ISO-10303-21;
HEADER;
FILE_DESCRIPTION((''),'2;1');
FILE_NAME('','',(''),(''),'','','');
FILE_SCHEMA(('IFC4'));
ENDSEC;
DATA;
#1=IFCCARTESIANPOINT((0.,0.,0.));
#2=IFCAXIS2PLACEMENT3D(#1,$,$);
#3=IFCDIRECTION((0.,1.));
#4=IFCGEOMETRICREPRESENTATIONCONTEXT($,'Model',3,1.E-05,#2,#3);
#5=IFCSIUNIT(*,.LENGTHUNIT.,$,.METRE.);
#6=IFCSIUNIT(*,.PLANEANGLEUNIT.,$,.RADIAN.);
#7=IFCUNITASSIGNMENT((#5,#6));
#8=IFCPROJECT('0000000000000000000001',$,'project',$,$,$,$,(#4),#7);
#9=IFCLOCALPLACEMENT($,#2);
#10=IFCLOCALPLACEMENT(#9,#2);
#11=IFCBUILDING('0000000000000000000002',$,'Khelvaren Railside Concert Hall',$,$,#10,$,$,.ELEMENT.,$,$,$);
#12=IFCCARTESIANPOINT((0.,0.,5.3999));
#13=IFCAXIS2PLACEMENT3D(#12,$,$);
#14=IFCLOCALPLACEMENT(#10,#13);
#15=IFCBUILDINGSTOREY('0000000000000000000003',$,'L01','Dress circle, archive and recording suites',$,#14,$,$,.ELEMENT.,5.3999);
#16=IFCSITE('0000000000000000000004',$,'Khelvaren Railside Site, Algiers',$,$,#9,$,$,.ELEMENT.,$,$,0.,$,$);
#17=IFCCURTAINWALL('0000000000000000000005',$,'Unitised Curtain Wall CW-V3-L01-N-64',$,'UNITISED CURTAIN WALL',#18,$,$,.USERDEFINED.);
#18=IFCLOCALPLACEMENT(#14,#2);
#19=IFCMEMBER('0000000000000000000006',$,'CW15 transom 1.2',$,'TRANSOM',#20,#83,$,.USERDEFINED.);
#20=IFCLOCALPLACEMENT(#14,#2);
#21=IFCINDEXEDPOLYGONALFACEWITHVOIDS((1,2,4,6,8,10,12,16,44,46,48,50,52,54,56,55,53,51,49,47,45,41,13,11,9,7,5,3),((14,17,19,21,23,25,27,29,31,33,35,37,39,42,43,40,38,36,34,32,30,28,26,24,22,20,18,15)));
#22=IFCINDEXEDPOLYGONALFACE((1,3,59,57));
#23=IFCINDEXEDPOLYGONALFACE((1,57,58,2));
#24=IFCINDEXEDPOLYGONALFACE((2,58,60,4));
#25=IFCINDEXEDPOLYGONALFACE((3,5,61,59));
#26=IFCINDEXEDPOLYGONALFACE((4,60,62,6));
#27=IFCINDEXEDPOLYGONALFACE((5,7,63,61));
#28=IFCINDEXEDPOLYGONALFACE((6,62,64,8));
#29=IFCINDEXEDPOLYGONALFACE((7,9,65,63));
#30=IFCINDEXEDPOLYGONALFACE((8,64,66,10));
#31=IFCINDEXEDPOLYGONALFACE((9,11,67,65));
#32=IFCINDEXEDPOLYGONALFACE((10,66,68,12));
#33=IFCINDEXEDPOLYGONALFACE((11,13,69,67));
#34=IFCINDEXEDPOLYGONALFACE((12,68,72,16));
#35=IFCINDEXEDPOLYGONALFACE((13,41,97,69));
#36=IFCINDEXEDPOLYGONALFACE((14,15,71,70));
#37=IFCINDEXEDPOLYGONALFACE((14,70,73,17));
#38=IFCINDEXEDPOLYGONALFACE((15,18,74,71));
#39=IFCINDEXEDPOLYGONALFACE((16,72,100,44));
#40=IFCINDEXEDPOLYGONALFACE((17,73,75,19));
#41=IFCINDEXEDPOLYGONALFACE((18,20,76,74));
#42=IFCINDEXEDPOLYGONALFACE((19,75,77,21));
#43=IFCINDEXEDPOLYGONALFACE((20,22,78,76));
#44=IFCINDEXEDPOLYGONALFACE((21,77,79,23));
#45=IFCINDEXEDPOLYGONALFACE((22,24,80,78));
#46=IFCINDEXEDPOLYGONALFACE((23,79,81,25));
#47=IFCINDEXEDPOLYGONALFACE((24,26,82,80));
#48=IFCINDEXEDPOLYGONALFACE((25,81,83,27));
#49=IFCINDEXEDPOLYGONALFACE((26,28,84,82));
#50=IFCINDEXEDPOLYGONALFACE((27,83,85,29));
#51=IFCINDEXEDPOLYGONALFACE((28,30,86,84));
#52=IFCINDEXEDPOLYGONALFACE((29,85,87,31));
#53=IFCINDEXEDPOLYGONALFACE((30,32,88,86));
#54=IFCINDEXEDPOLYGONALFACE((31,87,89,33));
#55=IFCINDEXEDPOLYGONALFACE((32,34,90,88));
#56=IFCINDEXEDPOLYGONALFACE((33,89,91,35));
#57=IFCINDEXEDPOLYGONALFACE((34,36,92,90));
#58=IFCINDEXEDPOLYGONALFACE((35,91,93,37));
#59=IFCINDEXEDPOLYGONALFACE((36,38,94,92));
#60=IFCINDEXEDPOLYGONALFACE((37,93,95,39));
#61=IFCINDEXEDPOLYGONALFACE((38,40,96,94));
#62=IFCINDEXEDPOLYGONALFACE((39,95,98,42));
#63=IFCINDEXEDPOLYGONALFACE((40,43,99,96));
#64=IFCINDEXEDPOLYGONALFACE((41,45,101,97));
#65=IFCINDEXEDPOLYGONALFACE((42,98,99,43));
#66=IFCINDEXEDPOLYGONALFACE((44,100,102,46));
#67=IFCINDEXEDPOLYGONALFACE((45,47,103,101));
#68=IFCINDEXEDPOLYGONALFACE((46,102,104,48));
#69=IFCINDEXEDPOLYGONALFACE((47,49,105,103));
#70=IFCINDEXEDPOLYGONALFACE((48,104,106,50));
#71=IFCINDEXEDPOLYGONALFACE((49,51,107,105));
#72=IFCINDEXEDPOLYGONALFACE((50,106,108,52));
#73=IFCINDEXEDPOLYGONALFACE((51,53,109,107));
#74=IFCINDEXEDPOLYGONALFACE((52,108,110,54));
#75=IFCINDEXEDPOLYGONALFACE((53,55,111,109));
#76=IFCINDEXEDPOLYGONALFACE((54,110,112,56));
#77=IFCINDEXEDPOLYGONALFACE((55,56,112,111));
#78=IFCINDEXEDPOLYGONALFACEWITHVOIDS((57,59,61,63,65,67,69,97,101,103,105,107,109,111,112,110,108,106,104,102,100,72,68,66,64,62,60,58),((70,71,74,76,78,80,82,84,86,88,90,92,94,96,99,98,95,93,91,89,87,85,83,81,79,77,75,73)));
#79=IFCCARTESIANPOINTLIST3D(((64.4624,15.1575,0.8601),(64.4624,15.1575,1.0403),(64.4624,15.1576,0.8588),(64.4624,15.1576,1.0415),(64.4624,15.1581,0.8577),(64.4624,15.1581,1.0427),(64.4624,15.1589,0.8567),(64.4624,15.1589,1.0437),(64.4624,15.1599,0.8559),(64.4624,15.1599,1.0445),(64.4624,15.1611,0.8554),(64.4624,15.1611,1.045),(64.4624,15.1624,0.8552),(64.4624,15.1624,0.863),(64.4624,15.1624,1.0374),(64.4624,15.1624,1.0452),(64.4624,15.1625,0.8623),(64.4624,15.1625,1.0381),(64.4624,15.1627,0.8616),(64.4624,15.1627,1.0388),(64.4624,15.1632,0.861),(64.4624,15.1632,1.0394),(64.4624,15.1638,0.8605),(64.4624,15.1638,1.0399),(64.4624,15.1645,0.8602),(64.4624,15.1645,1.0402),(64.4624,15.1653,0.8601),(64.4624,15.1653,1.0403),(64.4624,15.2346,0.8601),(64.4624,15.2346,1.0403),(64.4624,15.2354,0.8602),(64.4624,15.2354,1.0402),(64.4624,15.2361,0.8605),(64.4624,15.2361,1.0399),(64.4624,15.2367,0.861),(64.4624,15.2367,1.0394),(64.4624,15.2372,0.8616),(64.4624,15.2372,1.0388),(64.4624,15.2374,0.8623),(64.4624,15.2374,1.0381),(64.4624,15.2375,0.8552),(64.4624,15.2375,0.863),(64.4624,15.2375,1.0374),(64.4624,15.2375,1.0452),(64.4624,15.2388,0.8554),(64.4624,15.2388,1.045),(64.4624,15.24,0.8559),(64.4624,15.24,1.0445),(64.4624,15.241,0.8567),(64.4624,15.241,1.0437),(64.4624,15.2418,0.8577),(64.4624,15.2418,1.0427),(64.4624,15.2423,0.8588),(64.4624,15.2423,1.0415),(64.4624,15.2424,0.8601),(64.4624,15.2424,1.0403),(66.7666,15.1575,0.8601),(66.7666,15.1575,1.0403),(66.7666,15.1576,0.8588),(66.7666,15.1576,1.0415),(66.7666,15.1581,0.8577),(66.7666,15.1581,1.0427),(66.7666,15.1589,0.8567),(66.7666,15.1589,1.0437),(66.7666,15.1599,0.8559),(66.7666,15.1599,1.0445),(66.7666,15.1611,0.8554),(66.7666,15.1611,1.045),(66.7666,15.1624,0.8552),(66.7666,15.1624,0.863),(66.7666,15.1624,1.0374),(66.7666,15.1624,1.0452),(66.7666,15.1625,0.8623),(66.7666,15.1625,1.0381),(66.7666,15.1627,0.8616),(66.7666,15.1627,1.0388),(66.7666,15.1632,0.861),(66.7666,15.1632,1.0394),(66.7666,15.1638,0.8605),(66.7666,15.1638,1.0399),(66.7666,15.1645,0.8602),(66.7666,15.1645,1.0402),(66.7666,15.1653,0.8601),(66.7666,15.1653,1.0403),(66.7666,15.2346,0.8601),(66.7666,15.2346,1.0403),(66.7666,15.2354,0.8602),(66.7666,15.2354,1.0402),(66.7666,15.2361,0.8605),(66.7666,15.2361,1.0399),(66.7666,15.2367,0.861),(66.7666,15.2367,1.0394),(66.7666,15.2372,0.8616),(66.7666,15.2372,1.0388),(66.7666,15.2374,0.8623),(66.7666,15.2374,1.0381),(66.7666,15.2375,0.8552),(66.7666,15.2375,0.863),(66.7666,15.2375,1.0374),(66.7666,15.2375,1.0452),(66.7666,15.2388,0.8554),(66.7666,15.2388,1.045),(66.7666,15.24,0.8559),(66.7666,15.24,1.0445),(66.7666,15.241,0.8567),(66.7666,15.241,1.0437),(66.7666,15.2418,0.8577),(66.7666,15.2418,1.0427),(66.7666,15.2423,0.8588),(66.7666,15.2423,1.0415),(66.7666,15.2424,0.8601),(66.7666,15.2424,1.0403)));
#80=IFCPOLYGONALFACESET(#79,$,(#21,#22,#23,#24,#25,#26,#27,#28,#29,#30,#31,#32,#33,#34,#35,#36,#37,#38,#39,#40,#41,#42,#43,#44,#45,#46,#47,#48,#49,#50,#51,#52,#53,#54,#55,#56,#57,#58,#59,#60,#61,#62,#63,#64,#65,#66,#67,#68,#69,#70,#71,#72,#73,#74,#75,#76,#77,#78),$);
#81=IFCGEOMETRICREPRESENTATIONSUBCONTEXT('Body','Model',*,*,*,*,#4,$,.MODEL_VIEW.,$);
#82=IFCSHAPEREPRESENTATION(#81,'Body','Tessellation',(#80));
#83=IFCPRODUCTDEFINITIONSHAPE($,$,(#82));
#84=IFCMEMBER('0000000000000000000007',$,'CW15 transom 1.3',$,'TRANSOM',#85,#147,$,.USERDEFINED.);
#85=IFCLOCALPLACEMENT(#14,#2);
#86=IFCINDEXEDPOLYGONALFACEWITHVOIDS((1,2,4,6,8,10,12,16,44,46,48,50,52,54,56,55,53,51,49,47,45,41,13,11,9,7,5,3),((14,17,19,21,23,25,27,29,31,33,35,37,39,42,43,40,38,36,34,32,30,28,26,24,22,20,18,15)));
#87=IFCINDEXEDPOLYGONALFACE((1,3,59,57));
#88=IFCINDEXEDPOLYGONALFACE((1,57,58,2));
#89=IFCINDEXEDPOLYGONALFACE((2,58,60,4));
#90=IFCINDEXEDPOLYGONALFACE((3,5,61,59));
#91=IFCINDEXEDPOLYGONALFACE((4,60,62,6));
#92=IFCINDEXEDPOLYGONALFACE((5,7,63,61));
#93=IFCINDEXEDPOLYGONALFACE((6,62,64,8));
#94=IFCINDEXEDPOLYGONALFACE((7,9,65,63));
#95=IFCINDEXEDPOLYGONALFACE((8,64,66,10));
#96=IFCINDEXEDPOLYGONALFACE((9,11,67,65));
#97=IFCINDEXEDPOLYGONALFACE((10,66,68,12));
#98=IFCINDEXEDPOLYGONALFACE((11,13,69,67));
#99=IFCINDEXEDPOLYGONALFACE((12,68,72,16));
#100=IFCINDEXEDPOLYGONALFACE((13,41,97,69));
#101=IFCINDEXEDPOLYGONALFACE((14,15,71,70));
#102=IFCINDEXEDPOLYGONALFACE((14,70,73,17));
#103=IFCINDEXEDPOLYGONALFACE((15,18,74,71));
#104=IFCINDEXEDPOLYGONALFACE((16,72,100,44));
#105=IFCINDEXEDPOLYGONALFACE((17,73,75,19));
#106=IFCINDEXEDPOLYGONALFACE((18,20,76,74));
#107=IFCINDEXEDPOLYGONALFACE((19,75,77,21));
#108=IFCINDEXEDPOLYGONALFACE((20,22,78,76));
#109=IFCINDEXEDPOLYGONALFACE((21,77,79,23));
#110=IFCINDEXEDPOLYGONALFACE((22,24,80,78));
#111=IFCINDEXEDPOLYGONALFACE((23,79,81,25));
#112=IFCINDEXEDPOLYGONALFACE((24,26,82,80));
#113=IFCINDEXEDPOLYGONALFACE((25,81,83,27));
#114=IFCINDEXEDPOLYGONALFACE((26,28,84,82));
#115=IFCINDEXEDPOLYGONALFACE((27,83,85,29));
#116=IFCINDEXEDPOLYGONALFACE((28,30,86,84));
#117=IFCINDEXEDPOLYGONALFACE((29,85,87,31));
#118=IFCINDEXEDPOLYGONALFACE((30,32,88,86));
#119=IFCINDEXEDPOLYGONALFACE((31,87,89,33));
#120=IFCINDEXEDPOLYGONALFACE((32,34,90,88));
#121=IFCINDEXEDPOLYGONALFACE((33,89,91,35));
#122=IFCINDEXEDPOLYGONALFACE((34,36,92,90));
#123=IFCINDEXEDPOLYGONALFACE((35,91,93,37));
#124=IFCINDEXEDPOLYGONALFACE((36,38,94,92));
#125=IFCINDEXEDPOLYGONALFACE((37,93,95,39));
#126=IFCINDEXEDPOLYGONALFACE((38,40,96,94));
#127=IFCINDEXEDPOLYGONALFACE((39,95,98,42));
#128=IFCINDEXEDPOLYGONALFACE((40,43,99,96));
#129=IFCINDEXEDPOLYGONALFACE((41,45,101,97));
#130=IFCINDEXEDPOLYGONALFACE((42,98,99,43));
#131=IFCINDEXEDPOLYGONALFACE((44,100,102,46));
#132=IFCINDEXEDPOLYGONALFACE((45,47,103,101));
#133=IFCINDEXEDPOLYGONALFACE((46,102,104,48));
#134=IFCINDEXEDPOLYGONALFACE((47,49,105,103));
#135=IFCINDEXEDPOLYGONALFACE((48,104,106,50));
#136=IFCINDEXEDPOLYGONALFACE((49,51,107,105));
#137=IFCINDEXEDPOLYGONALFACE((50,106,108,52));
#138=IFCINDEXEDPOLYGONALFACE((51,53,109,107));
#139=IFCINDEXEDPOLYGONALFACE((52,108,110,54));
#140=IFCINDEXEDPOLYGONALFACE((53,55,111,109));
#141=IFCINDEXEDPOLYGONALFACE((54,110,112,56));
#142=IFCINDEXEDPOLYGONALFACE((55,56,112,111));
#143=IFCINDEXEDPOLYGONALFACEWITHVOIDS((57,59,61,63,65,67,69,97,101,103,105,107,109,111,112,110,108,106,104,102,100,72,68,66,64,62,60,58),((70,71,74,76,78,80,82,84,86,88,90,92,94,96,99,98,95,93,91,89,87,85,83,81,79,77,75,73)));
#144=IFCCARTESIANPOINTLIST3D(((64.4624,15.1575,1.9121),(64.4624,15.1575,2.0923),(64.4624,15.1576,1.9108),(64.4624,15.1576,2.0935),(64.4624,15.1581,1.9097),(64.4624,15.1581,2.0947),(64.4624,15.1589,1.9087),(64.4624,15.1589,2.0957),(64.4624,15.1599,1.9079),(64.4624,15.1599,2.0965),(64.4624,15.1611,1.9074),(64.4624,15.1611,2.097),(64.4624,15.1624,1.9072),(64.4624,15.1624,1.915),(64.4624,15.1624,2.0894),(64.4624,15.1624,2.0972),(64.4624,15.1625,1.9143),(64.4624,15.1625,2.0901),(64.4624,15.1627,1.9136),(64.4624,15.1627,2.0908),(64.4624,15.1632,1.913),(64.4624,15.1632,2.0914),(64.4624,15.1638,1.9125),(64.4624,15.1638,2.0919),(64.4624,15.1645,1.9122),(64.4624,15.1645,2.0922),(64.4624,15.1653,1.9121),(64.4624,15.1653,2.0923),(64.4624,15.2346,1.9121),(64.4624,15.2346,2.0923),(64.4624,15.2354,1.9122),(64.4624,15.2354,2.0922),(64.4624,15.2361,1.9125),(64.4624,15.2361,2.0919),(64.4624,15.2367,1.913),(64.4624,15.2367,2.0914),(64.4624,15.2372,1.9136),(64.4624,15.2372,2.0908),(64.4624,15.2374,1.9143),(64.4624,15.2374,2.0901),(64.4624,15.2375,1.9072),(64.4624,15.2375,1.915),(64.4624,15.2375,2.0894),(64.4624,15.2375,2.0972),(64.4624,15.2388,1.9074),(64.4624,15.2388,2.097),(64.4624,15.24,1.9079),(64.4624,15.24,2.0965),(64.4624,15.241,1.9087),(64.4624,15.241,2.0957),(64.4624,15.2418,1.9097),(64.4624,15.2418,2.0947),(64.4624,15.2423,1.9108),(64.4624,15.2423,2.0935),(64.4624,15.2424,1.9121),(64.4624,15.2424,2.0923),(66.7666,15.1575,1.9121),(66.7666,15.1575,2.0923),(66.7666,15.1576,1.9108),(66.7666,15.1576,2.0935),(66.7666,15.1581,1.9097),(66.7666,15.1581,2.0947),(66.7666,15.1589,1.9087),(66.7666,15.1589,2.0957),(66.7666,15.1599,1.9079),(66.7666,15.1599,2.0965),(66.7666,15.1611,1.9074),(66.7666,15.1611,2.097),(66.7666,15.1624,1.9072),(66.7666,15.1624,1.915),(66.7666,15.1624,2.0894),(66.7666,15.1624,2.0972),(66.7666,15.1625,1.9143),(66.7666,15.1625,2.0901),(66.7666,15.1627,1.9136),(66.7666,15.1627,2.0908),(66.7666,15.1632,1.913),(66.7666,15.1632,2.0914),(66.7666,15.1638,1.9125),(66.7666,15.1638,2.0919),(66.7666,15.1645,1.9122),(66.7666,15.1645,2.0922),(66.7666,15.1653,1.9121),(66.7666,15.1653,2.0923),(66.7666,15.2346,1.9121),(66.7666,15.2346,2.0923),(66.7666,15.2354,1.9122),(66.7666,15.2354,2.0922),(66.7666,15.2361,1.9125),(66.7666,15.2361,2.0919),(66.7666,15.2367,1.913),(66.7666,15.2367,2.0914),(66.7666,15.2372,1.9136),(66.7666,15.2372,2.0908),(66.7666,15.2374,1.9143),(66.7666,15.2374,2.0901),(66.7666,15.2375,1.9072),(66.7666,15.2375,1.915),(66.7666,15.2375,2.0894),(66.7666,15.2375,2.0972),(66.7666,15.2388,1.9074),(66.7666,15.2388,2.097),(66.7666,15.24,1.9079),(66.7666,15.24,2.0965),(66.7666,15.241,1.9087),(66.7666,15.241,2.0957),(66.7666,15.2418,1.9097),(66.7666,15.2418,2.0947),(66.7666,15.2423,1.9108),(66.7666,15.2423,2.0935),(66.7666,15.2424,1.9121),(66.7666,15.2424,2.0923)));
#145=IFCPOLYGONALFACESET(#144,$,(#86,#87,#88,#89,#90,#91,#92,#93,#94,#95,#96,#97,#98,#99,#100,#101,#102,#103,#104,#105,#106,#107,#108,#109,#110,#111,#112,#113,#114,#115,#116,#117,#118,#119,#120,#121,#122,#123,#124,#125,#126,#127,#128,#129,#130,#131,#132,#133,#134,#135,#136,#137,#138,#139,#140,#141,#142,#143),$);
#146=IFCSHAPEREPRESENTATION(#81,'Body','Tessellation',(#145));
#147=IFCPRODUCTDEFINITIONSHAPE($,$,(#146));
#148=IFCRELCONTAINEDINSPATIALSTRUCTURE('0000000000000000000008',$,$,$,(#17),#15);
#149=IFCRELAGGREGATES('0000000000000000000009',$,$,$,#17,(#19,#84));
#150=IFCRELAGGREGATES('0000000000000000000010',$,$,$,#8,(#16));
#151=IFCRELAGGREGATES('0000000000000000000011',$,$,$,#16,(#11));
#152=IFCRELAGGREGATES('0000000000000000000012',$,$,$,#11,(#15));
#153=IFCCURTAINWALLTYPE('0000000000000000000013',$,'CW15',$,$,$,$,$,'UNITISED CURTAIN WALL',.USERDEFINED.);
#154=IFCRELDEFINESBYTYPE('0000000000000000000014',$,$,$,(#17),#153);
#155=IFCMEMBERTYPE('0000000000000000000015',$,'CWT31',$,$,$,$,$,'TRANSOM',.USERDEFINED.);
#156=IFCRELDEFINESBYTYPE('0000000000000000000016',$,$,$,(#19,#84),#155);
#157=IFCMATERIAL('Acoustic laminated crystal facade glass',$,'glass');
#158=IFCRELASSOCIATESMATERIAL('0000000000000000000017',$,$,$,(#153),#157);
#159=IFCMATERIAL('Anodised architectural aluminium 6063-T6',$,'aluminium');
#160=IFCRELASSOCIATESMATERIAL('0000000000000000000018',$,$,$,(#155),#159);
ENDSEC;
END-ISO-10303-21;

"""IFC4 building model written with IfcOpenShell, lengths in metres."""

from ifc_helpers import new_model, si_unit, direction, frame, origin, origin_2d, place, context, subcontext, project, spatial, hollow_rectangle, extrude, material, material_profile, profile_set, type_object, element, aggregate, save


model = new_model("IFC4")

# Units and contexts
model_context = context("Model", 3, precision=1e-05, world=origin(), true_north=direction((0.0, 1.0)))
body_context = subcontext(model_context, "Body", "Model", "MODEL_VIEW")
ifc_project = project(units=[si_unit("LENGTHUNIT", "METRE"), si_unit("PLANEANGLEUNIT", "RADIAN")], contexts=[model_context])

# Site, building, storey
site_placement = place(None, origin())
site = spatial("IfcSite", under=ifc_project, at=site_placement, Name="Khelvaren Railside Site, Algiers", CompositionType="ELEMENT", RefElevation=0.0)
building_placement = place(site_placement, origin())
building = spatial("IfcBuilding", under=site, at=building_placement, Name="Khelvaren Railside Concert Hall", CompositionType="ELEMENT")
storey_placement = place(building_placement, frame((0.0, 0.0, 5.3999)))
storey = spatial("IfcBuildingStorey", under=building, at=storey_placement, Name="L01", Description="Dress circle, archive and recording suites", CompositionType="ELEMENT", Elevation=5.3999)

# Curtain wall, members
ifc_material_1 = material(Name="Acoustic laminated crystal facade glass", Category="glass")
curtain_wall_type = type_object("IfcCurtainWallType", Name="CW15", ElementType="UNITISED CURTAIN WALL", PredefinedType="USERDEFINED", material=ifc_material_1)
curtain_wall_placement = place(storey_placement, origin())
curtain_wall = element("IfcCurtainWall", 1, at=curtain_wall_placement, inside=storey, type_object=curtain_wall_type, Name="Unitised Curtain Wall CW-V3-L01-N-64", ObjectType="UNITISED CURTAIN WALL", PredefinedType="USERDEFINED")
ifc_material_2 = material(Name="Anodised architectural aluminium 6063-T6", Category="aluminium")
ifc_material_profile_1 = material_profile(ifc_material_2, hollow_rectangle(XDim=0.085, YDim=0.1899, WallThickness=0.0049, InnerFilletRadius=0.0029, OuterFilletRadius=0.0049, at=origin_2d()), Name="CWT 85x190x5")
ifc_profile_set_1 = profile_set([ifc_material_profile_1], Name="Anodised architectural aluminium 6063-T6")
member_type_1 = type_object("IfcMemberType", Name="CWT31", ElementType="TRANSOM", PredefinedType="USERDEFINED", material=ifc_profile_set_1)
member_1_placement = place(storey_placement, frame((64.4624, 15.2, 0.9502), z_axis=(1.0, 0.0, 0.0), x_axis=(0.0, 1.0, 0.0)))
member_1 = element("IfcMember", 2, at=member_1_placement, type_object=member_type_1, Name="CW15 transom 1.2", ObjectType="TRANSOM", PredefinedType="USERDEFINED", context=body_context, shape_type="SweptSolid", body=[
    extrude(hollow_rectangle(XDim=0.085, YDim=0.1899, WallThickness=0.0049, InnerFilletRadius=0.0029, OuterFilletRadius=0.0049, at=origin_2d()), origin(), (0.0, 0.0, 1.0), 2.3042),
])
member_2_placement = place(storey_placement, frame((64.4624, 15.2, 2.0022), z_axis=(1.0, 0.0, 0.0), x_axis=(0.0, 1.0, 0.0)))
member_2 = element("IfcMember", 3, at=member_2_placement, type_object=member_type_1, Name="CW15 transom 1.3", ObjectType="TRANSOM", PredefinedType="USERDEFINED", context=body_context, shape_type="SweptSolid", body=[
    extrude(hollow_rectangle(XDim=0.085, YDim=0.1899, WallThickness=0.0049, InnerFilletRadius=0.0029, OuterFilletRadius=0.0049, at=origin_2d()), origin(), (0.0, 0.0, 1.0), 2.3042),
])

aggregate(curtain_wall, [member_1, member_2])

save(model, "model.ifc")
